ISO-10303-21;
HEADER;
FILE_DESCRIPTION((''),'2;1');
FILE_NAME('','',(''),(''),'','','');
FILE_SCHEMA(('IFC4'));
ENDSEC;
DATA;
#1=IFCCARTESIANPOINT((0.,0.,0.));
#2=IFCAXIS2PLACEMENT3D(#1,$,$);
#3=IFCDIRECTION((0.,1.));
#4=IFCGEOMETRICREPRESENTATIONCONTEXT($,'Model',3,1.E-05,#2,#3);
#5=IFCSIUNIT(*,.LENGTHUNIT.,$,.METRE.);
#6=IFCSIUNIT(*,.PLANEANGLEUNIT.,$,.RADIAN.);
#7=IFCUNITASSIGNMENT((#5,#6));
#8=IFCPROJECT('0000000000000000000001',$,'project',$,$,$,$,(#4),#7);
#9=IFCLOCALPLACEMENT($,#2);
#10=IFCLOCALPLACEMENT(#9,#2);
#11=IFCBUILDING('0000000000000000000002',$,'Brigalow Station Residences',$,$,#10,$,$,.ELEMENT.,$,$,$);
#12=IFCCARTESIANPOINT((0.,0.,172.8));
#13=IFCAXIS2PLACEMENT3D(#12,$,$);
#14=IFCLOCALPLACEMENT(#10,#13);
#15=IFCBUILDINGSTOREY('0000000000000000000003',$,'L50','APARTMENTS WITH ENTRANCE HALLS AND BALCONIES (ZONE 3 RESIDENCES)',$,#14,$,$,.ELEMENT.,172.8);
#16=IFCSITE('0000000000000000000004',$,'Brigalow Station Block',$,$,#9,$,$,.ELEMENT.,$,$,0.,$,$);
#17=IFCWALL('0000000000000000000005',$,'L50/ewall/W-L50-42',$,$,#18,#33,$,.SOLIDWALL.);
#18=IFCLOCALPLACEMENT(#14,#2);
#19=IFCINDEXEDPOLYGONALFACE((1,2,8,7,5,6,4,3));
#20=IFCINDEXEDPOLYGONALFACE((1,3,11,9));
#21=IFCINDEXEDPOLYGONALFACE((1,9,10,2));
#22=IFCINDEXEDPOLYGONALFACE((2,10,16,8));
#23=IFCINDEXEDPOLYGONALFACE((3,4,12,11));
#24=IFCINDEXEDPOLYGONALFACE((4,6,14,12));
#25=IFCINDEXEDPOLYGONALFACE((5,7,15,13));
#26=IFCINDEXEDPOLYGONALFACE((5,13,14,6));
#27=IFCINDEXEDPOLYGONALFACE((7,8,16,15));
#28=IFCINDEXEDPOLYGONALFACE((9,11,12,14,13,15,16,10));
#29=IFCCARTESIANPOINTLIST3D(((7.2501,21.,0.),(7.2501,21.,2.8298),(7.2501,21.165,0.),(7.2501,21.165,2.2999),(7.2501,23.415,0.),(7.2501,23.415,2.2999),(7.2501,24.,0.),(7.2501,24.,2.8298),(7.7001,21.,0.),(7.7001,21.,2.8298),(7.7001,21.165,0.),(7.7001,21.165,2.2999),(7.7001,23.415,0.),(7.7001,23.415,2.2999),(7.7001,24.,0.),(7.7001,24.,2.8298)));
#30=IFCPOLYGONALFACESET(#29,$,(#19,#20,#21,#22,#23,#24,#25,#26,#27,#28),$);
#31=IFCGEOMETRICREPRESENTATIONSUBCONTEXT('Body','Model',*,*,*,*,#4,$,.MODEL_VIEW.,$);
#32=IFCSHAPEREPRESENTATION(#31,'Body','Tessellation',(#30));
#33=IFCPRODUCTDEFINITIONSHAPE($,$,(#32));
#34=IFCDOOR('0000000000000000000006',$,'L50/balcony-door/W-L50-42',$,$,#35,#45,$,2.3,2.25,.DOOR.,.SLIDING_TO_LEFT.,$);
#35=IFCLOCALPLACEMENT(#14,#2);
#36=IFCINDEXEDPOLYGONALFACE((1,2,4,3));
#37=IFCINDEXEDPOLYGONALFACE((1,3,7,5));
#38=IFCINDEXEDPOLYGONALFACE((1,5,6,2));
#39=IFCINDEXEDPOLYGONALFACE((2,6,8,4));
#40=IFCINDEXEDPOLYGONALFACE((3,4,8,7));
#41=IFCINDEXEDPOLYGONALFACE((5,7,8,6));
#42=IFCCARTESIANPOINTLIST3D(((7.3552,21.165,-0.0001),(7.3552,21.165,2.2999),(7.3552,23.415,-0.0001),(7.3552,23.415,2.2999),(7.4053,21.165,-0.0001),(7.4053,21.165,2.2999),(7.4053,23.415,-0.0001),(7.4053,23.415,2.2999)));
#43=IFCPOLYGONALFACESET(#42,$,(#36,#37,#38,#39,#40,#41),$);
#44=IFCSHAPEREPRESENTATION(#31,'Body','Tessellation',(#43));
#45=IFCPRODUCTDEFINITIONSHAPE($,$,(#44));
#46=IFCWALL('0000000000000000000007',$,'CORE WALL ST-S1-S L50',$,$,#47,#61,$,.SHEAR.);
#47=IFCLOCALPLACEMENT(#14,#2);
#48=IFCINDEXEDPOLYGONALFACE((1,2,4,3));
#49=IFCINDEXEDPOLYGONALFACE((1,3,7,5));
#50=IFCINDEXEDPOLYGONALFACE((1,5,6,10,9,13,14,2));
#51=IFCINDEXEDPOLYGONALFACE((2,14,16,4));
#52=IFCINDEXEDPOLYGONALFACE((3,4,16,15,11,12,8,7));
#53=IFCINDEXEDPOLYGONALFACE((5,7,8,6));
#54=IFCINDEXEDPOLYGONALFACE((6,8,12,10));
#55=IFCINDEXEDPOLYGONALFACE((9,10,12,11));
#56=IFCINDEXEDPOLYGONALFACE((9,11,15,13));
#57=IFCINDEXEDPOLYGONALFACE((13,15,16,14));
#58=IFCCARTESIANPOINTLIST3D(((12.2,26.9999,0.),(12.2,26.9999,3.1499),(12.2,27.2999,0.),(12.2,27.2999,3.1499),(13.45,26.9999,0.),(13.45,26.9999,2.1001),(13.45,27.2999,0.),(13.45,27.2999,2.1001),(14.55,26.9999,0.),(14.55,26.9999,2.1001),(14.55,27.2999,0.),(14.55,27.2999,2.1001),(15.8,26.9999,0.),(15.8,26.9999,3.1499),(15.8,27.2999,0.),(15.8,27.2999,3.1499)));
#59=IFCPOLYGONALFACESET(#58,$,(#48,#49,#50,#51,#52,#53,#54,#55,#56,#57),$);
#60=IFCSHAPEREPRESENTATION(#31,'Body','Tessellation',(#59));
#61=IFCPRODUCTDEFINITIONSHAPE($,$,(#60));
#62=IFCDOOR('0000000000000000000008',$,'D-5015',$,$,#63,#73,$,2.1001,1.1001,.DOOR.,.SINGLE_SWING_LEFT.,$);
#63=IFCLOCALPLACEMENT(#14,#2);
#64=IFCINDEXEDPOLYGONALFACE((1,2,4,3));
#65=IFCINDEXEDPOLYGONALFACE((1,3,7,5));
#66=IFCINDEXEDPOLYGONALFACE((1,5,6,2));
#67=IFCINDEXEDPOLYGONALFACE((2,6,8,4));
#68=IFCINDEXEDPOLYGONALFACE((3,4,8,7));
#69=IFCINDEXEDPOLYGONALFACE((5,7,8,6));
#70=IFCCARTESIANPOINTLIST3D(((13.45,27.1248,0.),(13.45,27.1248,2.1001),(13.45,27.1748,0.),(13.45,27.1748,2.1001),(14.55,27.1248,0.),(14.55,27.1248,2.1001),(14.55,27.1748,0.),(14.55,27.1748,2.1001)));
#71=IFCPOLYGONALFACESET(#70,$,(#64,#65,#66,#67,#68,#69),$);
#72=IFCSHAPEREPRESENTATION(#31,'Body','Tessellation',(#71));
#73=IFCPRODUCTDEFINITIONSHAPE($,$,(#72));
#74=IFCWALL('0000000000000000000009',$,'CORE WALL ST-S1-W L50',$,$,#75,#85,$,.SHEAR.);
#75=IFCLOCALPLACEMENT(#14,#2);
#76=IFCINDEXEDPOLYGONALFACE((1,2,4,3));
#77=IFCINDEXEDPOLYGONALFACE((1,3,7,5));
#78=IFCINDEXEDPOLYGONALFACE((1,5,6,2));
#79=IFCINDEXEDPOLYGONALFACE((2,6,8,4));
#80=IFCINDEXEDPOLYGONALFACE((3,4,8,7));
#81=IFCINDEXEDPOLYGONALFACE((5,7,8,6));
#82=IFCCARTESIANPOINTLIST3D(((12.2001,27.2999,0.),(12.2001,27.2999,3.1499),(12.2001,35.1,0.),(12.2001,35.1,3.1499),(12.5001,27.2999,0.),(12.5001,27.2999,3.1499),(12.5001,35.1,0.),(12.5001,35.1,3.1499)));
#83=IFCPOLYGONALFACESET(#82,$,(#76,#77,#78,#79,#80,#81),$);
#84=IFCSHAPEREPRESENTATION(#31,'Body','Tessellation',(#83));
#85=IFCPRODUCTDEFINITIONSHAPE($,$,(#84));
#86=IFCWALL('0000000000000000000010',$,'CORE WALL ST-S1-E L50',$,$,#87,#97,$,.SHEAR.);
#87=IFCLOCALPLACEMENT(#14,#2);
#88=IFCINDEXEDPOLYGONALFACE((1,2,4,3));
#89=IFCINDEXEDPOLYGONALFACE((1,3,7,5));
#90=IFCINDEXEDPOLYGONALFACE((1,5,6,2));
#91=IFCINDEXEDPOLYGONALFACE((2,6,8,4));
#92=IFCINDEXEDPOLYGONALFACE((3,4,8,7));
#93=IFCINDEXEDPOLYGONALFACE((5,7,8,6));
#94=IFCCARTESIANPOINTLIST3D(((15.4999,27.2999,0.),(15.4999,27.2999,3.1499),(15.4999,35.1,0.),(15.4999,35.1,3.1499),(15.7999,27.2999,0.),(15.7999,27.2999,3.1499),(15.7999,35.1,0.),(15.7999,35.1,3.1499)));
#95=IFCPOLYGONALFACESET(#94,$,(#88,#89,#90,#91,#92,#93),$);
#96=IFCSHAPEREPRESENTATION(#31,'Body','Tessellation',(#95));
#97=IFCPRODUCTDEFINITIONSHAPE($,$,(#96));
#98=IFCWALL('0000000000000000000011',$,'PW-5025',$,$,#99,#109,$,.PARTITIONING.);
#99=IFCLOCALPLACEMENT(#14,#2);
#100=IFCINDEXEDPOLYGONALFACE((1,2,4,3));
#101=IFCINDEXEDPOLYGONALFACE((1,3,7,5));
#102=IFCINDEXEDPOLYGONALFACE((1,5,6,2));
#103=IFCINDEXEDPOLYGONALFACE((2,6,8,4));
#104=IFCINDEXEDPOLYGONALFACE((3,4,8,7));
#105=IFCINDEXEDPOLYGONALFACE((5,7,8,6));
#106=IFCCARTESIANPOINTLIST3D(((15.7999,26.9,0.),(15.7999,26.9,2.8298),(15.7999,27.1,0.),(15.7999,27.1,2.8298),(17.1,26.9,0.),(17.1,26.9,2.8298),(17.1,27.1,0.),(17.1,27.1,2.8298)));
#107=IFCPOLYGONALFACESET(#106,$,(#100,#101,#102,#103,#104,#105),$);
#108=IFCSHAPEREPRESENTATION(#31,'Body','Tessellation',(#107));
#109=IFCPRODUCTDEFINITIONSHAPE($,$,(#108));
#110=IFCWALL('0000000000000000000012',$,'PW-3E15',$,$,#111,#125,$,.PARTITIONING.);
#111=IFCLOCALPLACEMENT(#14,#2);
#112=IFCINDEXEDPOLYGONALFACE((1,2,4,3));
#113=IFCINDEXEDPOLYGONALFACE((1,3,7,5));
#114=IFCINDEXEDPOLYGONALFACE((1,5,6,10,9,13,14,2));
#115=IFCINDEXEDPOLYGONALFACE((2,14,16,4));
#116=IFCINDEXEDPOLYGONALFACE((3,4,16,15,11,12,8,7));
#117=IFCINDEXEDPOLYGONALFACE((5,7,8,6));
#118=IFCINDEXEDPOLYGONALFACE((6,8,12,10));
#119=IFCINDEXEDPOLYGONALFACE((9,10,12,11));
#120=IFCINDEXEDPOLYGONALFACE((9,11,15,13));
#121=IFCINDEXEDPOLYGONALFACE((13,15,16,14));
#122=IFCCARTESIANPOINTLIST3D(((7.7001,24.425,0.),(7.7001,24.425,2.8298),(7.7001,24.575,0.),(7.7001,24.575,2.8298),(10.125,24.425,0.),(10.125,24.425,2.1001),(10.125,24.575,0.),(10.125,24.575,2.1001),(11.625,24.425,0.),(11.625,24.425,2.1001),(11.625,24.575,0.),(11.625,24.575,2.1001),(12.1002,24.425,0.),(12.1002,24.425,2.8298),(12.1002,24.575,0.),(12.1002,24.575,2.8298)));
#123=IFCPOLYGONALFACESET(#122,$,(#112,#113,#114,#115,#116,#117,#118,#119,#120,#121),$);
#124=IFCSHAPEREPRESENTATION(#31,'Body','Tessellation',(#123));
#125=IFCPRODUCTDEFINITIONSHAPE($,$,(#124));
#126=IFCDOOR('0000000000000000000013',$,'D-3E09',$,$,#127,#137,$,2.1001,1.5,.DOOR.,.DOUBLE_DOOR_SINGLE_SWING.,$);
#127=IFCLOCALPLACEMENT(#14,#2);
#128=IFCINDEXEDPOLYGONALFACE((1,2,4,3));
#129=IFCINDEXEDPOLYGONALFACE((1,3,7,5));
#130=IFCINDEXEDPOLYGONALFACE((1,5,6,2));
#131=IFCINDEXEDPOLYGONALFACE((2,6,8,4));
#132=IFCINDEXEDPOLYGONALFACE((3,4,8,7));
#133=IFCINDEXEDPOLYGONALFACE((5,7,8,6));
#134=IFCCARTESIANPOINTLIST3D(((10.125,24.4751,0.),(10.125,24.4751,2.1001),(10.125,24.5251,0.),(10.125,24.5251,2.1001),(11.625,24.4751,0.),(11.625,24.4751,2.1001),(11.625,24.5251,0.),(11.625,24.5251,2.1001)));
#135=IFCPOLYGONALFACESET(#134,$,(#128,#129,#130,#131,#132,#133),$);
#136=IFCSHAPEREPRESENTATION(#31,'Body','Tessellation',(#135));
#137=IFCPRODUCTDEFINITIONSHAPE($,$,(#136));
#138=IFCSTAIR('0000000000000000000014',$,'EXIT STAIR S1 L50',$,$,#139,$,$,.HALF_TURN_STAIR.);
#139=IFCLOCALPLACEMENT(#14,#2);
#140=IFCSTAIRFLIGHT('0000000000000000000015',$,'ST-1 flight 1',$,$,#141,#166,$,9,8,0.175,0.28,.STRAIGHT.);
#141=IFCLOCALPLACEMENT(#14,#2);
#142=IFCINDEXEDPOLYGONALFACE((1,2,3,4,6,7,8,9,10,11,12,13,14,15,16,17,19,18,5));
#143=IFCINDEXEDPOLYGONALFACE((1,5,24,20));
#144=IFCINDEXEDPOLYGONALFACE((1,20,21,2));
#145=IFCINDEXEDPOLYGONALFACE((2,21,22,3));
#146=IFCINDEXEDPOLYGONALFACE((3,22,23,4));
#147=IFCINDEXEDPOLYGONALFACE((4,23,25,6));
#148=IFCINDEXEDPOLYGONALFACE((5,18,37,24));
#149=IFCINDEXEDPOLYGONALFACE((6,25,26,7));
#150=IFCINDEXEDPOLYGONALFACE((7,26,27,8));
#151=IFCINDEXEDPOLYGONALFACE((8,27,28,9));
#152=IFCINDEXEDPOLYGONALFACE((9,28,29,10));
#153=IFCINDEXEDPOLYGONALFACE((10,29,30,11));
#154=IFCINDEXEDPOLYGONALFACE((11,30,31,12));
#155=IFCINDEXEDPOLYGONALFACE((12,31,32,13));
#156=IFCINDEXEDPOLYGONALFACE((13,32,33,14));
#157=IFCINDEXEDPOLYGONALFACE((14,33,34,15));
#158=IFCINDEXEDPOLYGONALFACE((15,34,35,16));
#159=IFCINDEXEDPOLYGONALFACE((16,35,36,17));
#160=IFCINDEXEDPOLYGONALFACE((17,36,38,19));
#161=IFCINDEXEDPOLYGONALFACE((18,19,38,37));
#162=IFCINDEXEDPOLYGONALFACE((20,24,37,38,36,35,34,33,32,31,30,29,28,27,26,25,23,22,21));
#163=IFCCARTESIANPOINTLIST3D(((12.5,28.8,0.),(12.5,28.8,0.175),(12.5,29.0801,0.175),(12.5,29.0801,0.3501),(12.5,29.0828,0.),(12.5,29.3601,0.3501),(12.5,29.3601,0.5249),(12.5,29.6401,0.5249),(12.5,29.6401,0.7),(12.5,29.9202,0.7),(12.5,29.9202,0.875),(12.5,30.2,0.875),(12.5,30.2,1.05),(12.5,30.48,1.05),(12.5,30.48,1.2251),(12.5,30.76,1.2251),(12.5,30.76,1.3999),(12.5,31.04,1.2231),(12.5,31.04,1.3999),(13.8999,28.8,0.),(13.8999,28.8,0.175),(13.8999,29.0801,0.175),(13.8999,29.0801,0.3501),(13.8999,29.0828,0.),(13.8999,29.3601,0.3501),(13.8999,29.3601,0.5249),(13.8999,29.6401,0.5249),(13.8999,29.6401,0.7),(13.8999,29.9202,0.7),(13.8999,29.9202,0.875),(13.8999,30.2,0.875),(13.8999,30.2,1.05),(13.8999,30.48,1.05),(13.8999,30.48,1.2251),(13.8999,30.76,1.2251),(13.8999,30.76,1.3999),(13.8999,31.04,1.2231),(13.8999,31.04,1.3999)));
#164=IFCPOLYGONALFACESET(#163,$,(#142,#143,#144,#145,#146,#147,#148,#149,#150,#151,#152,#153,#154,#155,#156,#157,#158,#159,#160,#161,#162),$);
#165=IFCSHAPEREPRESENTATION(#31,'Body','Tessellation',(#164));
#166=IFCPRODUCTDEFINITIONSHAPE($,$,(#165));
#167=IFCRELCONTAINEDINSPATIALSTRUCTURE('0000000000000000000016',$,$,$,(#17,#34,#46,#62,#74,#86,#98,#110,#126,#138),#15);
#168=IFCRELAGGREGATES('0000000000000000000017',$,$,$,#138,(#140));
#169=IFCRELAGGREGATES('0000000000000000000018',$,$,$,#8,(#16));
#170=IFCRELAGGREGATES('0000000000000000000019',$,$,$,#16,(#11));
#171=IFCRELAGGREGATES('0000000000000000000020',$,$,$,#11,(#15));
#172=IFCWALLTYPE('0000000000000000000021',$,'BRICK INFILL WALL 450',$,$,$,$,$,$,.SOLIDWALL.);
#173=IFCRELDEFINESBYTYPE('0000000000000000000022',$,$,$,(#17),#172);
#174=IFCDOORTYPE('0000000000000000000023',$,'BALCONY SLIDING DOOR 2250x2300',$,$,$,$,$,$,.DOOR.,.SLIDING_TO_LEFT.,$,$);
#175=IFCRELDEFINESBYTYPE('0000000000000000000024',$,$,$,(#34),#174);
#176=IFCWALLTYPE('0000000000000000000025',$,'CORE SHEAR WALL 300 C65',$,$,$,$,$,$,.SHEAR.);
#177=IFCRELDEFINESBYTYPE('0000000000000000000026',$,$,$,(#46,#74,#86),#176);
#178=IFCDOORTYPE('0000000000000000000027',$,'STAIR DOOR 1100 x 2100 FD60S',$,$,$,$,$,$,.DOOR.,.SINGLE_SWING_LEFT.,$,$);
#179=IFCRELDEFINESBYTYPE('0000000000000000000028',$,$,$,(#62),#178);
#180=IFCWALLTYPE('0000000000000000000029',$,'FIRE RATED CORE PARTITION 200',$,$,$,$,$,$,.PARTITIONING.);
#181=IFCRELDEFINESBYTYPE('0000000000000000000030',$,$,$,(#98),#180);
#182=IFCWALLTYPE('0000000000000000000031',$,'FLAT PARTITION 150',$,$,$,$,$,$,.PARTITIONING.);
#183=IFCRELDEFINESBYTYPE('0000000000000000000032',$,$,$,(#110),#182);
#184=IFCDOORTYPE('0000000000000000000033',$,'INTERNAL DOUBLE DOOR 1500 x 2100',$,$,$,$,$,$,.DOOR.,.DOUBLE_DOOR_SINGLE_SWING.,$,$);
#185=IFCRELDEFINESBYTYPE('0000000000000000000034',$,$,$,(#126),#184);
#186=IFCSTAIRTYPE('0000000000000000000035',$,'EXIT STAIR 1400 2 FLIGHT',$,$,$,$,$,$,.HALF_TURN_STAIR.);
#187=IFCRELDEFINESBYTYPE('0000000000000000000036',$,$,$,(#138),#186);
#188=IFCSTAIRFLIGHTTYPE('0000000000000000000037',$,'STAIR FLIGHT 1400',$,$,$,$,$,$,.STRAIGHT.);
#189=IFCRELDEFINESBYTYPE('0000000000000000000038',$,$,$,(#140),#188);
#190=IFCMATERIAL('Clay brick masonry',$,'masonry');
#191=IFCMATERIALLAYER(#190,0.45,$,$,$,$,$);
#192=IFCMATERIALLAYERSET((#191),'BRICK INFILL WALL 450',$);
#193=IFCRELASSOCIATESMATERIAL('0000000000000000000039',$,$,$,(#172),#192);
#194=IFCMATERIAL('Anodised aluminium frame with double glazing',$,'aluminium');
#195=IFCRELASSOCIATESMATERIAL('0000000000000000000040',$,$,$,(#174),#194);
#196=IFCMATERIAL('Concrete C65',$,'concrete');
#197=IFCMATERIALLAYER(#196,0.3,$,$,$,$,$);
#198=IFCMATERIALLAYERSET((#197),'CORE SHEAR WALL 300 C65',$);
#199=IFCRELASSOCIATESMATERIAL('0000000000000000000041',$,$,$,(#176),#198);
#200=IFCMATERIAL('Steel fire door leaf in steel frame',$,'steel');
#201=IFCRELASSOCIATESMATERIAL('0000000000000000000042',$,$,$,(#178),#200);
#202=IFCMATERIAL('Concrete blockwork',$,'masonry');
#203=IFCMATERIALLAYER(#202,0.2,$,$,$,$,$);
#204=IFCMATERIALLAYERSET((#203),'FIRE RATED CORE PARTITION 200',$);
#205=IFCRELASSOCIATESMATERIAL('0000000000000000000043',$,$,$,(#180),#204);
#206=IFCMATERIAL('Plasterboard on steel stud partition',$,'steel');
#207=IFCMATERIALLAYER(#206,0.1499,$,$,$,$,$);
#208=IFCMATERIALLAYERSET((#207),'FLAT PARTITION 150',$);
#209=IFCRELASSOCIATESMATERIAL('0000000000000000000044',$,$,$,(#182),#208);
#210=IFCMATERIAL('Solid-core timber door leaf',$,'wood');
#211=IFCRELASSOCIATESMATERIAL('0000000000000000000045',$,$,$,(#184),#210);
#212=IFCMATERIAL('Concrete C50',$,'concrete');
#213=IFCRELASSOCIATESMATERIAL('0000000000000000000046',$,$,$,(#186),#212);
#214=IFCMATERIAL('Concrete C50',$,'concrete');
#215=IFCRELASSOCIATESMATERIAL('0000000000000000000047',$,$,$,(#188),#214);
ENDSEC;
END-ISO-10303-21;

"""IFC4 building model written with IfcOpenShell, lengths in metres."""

from ifc_helpers import new_model, si_unit, direction, frame, frame_2d, origin, place, context, subcontext, project, spatial, polyline, rectangle, outline, extrude, material, layer, layer_set, type_object, element, fill, aggregate, save


model = new_model("IFC4")

# Units and contexts
model_context = context("Model", 3, precision=1e-05, world=origin(), true_north=direction((0.0, 1.0)))
body_context = subcontext(model_context, "Body", "Model", "MODEL_VIEW")
ifc_project = project(units=[si_unit("LENGTHUNIT", "METRE"), si_unit("PLANEANGLEUNIT", "RADIAN")], contexts=[model_context])

# Site, building, storey
site_placement = place(None, origin())
site = spatial("IfcSite", under=ifc_project, at=site_placement, Name="Brigalow Station Block", CompositionType="ELEMENT", RefElevation=0.0)
building_placement = place(site_placement, origin())
building = spatial("IfcBuilding", under=site, at=building_placement, Name="Brigalow Station Residences", CompositionType="ELEMENT")
storey_placement = place(building_placement, frame((0.0, 0.0, 172.8)))
storey = spatial("IfcBuildingStorey", under=building, at=storey_placement, Name="L50", Description="APARTMENTS WITH ENTRANCE HALLS AND BALCONIES (ZONE 3 RESIDENCES)", CompositionType="ELEMENT", Elevation=172.8)

# Shared definitions
ifc_material_1 = material(Name="Clay brick masonry", Category="masonry")
ifc_layer_1 = layer(ifc_material_1, 0.45)
ifc_layer_set_1 = layer_set([ifc_layer_1], Name="BRICK INFILL WALL 450")
wall_type_1 = type_object("IfcWallType", Name="BRICK INFILL WALL 450", PredefinedType="SOLIDWALL", material=ifc_layer_set_1)

# Walls, openings, doors
wall_1_placement = place(storey_placement, frame((7.4751, 24.0, 0.0), z_axis=(0.0, 0.0, 1.0), x_axis=(0.0, -1.0, 0.0)))
wall_1 = element("IfcWall", 1, at=wall_1_placement, inside=storey, type_object=wall_type_1, Name="L50/ewall/W-L50-42", PredefinedType="SOLIDWALL", context=body_context, shape_type="SweptSolid", body=[
    extrude(rectangle(XDim=3.0, YDim=0.45, at=frame_2d((1.5, 0.0))), origin(), (0.0, 0.0, 1.0), 2.8298),
])
opening_1_placement = place(wall_1_placement, frame((0.585, 0.0, 0.0)))
opening_1 = element("IfcOpeningElement", 2, at=opening_1_placement, cuts=wall_1, PredefinedType="OPENING", context=body_context, shape_type="SweptSolid", body=[
    extrude(rectangle(XDim=2.25, YDim=2.3, at=frame_2d((1.125, 1.1499))), frame((0.0, 0.2349, 0.0), z_axis=(0.0, -1.0, 0.0), x_axis=(1.0, 0.0, 0.0)), (0.0, 0.0, 1.0), 0.47),
])
ifc_material_2 = material(Name="Anodised aluminium frame with double glazing", Category="aluminium")
door_type_1 = type_object("IfcDoorType", Name="BALCONY SLIDING DOOR 2250x2300", OperationType="SLIDING_TO_LEFT", PredefinedType="DOOR", material=ifc_material_2)
door_1_placement = place(opening_1_placement, origin())
door_1 = element("IfcDoor", 3, at=door_1_placement, inside=storey, type_object=door_type_1, Name="L50/balcony-door/W-L50-42", OperationType="SLIDING_TO_LEFT", OverallHeight=2.3, OverallWidth=2.25, PredefinedType="DOOR", context=body_context, shape_type="SweptSolid", body=[
    extrude(rectangle(XDim=2.25, YDim=2.3, at=frame_2d((1.125, 1.1499))), frame((0.0, -0.0698, 0.0), z_axis=(0.0, -1.0, 0.0), x_axis=(1.0, 0.0, 0.0)), (0.0, 0.0, 1.0), 0.05),
])
fill(opening_1, door_1)
ifc_material_3 = material(Name="Concrete C65", Category="concrete")
ifc_layer_2 = layer(ifc_material_3, 0.3)
ifc_layer_set_2 = layer_set([ifc_layer_2], Name="CORE SHEAR WALL 300 C65")
wall_type_2 = type_object("IfcWallType", Name="CORE SHEAR WALL 300 C65", PredefinedType="SHEAR", material=ifc_layer_set_2)
wall_2_placement = place(storey_placement, frame((12.2, 27.1499, 0.0), z_axis=(0.0, 0.0, 1.0), x_axis=(1.0, 0.0, 0.0)))
wall_2 = element("IfcWall", 4, at=wall_2_placement, inside=storey, type_object=wall_type_2, Name="CORE WALL ST-S1-S L50", PredefinedType="SHEAR", context=body_context, shape_type="SweptSolid", body=[
    extrude(rectangle(XDim=3.6001, YDim=0.3, at=frame_2d((1.8, 0.0))), origin(), (0.0, 0.0, 1.0), 3.1499),
])
opening_2_placement = place(wall_2_placement, frame((1.25, 0.0, 0.0)))
opening_2 = element("IfcOpeningElement", 5, at=opening_2_placement, cuts=wall_2, PredefinedType="OPENING", context=body_context, shape_type="SweptSolid", body=[
    extrude(rectangle(XDim=1.1001, YDim=2.1001, at=frame_2d((0.55, 1.05))), frame((0.0, 0.1602, 0.0), z_axis=(0.0, -1.0, 0.0), x_axis=(1.0, 0.0, 0.0)), (0.0, 0.0, 1.0), 0.3201),
])
ifc_material_4 = material(Name="Steel fire door leaf in steel frame", Category="steel")
door_type_2 = type_object("IfcDoorType", Name="STAIR DOOR 1100 x 2100 FD60S", OperationType="SINGLE_SWING_LEFT", PredefinedType="DOOR", material=ifc_material_4)
door_2_placement = place(opening_2_placement, origin())
door_2 = element("IfcDoor", 6, at=door_2_placement, inside=storey, type_object=door_type_2, Name="D-5015", OperationType="SINGLE_SWING_LEFT", OverallHeight=2.1001, OverallWidth=1.1001, PredefinedType="DOOR", context=body_context, shape_type="SweptSolid", body=[
    extrude(rectangle(XDim=1.1001, YDim=2.1001, at=frame_2d((0.55, 1.05))), frame((0.0, 0.0249, 0.0), z_axis=(0.0, -1.0, 0.0), x_axis=(1.0, 0.0, 0.0)), (0.0, 0.0, 1.0), 0.05),
])
fill(opening_2, door_2)

# Walls
for number, where, z_axis, x_axis, name in (
    (7, (12.3501, 27.3, 0.0), (0.0, 0.0, 1.0), (0.0, 1.0, 0.0), "CORE WALL ST-S1-W L50"),
    (8, (15.6499, 27.3, 0.0), (0.0, 0.0, 1.0), (0.0, 1.0, 0.0), "CORE WALL ST-S1-E L50"),
):
    element("IfcWall", number, at=place(storey_placement, frame(where, z_axis=z_axis, x_axis=x_axis)), inside=storey, type_object=wall_type_2, Name=name, PredefinedType="SHEAR", context=body_context, shape_type="SweptSolid", body=[
        extrude(rectangle(XDim=7.8, YDim=0.3, at=frame_2d((3.8999, 0.0))), origin(), (0.0, 0.0, 1.0), 3.1499),
    ])
ifc_material_5 = material(Name="Concrete blockwork", Category="masonry")
ifc_layer_3 = layer(ifc_material_5, 0.2)
ifc_layer_set_3 = layer_set([ifc_layer_3], Name="FIRE RATED CORE PARTITION 200")
wall_type_3 = type_object("IfcWallType", Name="FIRE RATED CORE PARTITION 200", PredefinedType="PARTITIONING", material=ifc_layer_set_3)
wall_3_placement = place(storey_placement, frame((15.8, 27.0, 0.0), z_axis=(0.0, 0.0, 1.0), x_axis=(1.0, 0.0, 0.0)))
element("IfcWall", 9, at=wall_3_placement, inside=storey, type_object=wall_type_3, Name="PW-5025", PredefinedType="PARTITIONING", context=body_context, shape_type="SweptSolid", body=[
    extrude(rectangle(XDim=1.3, YDim=0.2, at=frame_2d((0.6499, 0.0))), origin(), (0.0, 0.0, 1.0), 2.8298),
])

# Wall, opening, door
ifc_material_6 = material(Name="Plasterboard on steel stud partition", Category="steel")
ifc_layer_4 = layer(ifc_material_6, 0.1499)
ifc_layer_set_4 = layer_set([ifc_layer_4], Name="FLAT PARTITION 150")
wall_type_4 = type_object("IfcWallType", Name="FLAT PARTITION 150", PredefinedType="PARTITIONING", material=ifc_layer_set_4)
wall_4_placement = place(storey_placement, frame((7.7, 24.5, 0.0), z_axis=(0.0, 0.0, 1.0), x_axis=(1.0, 0.0, 0.0)))
wall_4 = element("IfcWall", 10, at=wall_4_placement, inside=storey, type_object=wall_type_4, Name="PW-3E15", PredefinedType="PARTITIONING", context=body_context, shape_type="SweptSolid", body=[
    extrude(rectangle(XDim=4.4001, YDim=0.1499, at=frame_2d((2.2002, 0.0))), origin(), (0.0, 0.0, 1.0), 2.8298),
])
opening_3_placement = place(wall_4_placement, frame((2.425, 0.0, 0.0)))
opening_3 = element("IfcOpeningElement", 11, at=opening_3_placement, cuts=wall_4, PredefinedType="OPENING", context=body_context, shape_type="SweptSolid", body=[
    extrude(rectangle(XDim=1.5, YDim=2.1001, at=frame_2d((0.75, 1.05))), frame((0.0, 0.085, 0.0), z_axis=(0.0, -1.0, 0.0), x_axis=(1.0, 0.0, 0.0)), (0.0, 0.0, 1.0), 0.1699),
])
ifc_material_7 = material(Name="Solid-core timber door leaf", Category="wood")
door_type_3 = type_object("IfcDoorType", Name="INTERNAL DOUBLE DOOR 1500 x 2100", OperationType="DOUBLE_DOOR_SINGLE_SWING", PredefinedType="DOOR", material=ifc_material_7)
door_3_placement = place(opening_3_placement, frame((1.5, 0.0, 0.0), z_axis=(0.0, 0.0, 1.0), x_axis=(-1.0, 0.0, 0.0)))
door_3 = element("IfcDoor", 12, at=door_3_placement, inside=storey, type_object=door_type_3, Name="D-3E09", OperationType="DOUBLE_DOOR_SINGLE_SWING", OverallHeight=2.1001, OverallWidth=1.5, PredefinedType="DOOR", context=body_context, shape_type="SweptSolid", body=[
    extrude(rectangle(XDim=1.5, YDim=2.1001, at=frame_2d((0.75, 1.05))), frame((0.0, 0.0249, 0.0), z_axis=(0.0, -1.0, 0.0), x_axis=(1.0, 0.0, 0.0)), (0.0, 0.0, 1.0), 0.05),
])
fill(opening_3, door_3)

# Stair, stair flight
ifc_material_8 = material(Name="Concrete C50", Category="concrete")
stair_type = type_object("IfcStairType", Name="EXIT STAIR 1400 2 FLIGHT", PredefinedType="HALF_TURN_STAIR", material=ifc_material_8)
stair_placement = place(storey_placement, origin())
stair = element("IfcStair", 13, at=stair_placement, inside=storey, type_object=stair_type, Name="EXIT STAIR S1 L50", PredefinedType="HALF_TURN_STAIR")
ifc_material_9 = material(Name="Concrete C50", Category="concrete")
stair_flight_type = type_object("IfcStairFlightType", Name="STAIR FLIGHT 1400", PredefinedType="STRAIGHT", material=ifc_material_9)
stair_flight_1_placement = place(storey_placement, frame((13.2, 28.8, 0.0), z_axis=(0.0, 0.0, 1.0), x_axis=(0.0, 1.0, 0.0)))
stair_flight_1 = element("IfcStairFlight", 14, at=stair_flight_1_placement, type_object=stair_flight_type, Name="ST-1 flight 1", NumberOfRisers=9, NumberOfTreads=8, PredefinedType="STRAIGHT", RiserHeight=0.175, TreadLength=0.28, context=body_context, shape_type="SweptSolid", body=[
    extrude(outline(polyline([(0.0, 0.0), (0.0, 0.175), (0.28, 0.175), (0.28, 0.3501), (0.5601, 0.3501), (0.5601, 0.5249), (0.8401, 0.5249), (0.8401, 0.7), (1.1201, 0.7), (1.1201, 0.875), (1.3999, 0.875), (1.3999, 1.05), (1.6799, 1.05), (1.6799, 1.2251), (1.96, 1.2251), (1.96, 1.3999), (2.24, 1.3999), (2.24, 1.575), (2.24, 1.2231), (0.2827, 0.0), (0.0, 0.0)])), frame((0.0, 0.7, 0.0), z_axis=(0.0, -1.0, 0.0), x_axis=(1.0, 0.0, 0.0)), (0.0, 0.0, 1.0), 1.3999),
])
aggregate(stair, [stair_flight_1])

save(model, "model.ifc")
